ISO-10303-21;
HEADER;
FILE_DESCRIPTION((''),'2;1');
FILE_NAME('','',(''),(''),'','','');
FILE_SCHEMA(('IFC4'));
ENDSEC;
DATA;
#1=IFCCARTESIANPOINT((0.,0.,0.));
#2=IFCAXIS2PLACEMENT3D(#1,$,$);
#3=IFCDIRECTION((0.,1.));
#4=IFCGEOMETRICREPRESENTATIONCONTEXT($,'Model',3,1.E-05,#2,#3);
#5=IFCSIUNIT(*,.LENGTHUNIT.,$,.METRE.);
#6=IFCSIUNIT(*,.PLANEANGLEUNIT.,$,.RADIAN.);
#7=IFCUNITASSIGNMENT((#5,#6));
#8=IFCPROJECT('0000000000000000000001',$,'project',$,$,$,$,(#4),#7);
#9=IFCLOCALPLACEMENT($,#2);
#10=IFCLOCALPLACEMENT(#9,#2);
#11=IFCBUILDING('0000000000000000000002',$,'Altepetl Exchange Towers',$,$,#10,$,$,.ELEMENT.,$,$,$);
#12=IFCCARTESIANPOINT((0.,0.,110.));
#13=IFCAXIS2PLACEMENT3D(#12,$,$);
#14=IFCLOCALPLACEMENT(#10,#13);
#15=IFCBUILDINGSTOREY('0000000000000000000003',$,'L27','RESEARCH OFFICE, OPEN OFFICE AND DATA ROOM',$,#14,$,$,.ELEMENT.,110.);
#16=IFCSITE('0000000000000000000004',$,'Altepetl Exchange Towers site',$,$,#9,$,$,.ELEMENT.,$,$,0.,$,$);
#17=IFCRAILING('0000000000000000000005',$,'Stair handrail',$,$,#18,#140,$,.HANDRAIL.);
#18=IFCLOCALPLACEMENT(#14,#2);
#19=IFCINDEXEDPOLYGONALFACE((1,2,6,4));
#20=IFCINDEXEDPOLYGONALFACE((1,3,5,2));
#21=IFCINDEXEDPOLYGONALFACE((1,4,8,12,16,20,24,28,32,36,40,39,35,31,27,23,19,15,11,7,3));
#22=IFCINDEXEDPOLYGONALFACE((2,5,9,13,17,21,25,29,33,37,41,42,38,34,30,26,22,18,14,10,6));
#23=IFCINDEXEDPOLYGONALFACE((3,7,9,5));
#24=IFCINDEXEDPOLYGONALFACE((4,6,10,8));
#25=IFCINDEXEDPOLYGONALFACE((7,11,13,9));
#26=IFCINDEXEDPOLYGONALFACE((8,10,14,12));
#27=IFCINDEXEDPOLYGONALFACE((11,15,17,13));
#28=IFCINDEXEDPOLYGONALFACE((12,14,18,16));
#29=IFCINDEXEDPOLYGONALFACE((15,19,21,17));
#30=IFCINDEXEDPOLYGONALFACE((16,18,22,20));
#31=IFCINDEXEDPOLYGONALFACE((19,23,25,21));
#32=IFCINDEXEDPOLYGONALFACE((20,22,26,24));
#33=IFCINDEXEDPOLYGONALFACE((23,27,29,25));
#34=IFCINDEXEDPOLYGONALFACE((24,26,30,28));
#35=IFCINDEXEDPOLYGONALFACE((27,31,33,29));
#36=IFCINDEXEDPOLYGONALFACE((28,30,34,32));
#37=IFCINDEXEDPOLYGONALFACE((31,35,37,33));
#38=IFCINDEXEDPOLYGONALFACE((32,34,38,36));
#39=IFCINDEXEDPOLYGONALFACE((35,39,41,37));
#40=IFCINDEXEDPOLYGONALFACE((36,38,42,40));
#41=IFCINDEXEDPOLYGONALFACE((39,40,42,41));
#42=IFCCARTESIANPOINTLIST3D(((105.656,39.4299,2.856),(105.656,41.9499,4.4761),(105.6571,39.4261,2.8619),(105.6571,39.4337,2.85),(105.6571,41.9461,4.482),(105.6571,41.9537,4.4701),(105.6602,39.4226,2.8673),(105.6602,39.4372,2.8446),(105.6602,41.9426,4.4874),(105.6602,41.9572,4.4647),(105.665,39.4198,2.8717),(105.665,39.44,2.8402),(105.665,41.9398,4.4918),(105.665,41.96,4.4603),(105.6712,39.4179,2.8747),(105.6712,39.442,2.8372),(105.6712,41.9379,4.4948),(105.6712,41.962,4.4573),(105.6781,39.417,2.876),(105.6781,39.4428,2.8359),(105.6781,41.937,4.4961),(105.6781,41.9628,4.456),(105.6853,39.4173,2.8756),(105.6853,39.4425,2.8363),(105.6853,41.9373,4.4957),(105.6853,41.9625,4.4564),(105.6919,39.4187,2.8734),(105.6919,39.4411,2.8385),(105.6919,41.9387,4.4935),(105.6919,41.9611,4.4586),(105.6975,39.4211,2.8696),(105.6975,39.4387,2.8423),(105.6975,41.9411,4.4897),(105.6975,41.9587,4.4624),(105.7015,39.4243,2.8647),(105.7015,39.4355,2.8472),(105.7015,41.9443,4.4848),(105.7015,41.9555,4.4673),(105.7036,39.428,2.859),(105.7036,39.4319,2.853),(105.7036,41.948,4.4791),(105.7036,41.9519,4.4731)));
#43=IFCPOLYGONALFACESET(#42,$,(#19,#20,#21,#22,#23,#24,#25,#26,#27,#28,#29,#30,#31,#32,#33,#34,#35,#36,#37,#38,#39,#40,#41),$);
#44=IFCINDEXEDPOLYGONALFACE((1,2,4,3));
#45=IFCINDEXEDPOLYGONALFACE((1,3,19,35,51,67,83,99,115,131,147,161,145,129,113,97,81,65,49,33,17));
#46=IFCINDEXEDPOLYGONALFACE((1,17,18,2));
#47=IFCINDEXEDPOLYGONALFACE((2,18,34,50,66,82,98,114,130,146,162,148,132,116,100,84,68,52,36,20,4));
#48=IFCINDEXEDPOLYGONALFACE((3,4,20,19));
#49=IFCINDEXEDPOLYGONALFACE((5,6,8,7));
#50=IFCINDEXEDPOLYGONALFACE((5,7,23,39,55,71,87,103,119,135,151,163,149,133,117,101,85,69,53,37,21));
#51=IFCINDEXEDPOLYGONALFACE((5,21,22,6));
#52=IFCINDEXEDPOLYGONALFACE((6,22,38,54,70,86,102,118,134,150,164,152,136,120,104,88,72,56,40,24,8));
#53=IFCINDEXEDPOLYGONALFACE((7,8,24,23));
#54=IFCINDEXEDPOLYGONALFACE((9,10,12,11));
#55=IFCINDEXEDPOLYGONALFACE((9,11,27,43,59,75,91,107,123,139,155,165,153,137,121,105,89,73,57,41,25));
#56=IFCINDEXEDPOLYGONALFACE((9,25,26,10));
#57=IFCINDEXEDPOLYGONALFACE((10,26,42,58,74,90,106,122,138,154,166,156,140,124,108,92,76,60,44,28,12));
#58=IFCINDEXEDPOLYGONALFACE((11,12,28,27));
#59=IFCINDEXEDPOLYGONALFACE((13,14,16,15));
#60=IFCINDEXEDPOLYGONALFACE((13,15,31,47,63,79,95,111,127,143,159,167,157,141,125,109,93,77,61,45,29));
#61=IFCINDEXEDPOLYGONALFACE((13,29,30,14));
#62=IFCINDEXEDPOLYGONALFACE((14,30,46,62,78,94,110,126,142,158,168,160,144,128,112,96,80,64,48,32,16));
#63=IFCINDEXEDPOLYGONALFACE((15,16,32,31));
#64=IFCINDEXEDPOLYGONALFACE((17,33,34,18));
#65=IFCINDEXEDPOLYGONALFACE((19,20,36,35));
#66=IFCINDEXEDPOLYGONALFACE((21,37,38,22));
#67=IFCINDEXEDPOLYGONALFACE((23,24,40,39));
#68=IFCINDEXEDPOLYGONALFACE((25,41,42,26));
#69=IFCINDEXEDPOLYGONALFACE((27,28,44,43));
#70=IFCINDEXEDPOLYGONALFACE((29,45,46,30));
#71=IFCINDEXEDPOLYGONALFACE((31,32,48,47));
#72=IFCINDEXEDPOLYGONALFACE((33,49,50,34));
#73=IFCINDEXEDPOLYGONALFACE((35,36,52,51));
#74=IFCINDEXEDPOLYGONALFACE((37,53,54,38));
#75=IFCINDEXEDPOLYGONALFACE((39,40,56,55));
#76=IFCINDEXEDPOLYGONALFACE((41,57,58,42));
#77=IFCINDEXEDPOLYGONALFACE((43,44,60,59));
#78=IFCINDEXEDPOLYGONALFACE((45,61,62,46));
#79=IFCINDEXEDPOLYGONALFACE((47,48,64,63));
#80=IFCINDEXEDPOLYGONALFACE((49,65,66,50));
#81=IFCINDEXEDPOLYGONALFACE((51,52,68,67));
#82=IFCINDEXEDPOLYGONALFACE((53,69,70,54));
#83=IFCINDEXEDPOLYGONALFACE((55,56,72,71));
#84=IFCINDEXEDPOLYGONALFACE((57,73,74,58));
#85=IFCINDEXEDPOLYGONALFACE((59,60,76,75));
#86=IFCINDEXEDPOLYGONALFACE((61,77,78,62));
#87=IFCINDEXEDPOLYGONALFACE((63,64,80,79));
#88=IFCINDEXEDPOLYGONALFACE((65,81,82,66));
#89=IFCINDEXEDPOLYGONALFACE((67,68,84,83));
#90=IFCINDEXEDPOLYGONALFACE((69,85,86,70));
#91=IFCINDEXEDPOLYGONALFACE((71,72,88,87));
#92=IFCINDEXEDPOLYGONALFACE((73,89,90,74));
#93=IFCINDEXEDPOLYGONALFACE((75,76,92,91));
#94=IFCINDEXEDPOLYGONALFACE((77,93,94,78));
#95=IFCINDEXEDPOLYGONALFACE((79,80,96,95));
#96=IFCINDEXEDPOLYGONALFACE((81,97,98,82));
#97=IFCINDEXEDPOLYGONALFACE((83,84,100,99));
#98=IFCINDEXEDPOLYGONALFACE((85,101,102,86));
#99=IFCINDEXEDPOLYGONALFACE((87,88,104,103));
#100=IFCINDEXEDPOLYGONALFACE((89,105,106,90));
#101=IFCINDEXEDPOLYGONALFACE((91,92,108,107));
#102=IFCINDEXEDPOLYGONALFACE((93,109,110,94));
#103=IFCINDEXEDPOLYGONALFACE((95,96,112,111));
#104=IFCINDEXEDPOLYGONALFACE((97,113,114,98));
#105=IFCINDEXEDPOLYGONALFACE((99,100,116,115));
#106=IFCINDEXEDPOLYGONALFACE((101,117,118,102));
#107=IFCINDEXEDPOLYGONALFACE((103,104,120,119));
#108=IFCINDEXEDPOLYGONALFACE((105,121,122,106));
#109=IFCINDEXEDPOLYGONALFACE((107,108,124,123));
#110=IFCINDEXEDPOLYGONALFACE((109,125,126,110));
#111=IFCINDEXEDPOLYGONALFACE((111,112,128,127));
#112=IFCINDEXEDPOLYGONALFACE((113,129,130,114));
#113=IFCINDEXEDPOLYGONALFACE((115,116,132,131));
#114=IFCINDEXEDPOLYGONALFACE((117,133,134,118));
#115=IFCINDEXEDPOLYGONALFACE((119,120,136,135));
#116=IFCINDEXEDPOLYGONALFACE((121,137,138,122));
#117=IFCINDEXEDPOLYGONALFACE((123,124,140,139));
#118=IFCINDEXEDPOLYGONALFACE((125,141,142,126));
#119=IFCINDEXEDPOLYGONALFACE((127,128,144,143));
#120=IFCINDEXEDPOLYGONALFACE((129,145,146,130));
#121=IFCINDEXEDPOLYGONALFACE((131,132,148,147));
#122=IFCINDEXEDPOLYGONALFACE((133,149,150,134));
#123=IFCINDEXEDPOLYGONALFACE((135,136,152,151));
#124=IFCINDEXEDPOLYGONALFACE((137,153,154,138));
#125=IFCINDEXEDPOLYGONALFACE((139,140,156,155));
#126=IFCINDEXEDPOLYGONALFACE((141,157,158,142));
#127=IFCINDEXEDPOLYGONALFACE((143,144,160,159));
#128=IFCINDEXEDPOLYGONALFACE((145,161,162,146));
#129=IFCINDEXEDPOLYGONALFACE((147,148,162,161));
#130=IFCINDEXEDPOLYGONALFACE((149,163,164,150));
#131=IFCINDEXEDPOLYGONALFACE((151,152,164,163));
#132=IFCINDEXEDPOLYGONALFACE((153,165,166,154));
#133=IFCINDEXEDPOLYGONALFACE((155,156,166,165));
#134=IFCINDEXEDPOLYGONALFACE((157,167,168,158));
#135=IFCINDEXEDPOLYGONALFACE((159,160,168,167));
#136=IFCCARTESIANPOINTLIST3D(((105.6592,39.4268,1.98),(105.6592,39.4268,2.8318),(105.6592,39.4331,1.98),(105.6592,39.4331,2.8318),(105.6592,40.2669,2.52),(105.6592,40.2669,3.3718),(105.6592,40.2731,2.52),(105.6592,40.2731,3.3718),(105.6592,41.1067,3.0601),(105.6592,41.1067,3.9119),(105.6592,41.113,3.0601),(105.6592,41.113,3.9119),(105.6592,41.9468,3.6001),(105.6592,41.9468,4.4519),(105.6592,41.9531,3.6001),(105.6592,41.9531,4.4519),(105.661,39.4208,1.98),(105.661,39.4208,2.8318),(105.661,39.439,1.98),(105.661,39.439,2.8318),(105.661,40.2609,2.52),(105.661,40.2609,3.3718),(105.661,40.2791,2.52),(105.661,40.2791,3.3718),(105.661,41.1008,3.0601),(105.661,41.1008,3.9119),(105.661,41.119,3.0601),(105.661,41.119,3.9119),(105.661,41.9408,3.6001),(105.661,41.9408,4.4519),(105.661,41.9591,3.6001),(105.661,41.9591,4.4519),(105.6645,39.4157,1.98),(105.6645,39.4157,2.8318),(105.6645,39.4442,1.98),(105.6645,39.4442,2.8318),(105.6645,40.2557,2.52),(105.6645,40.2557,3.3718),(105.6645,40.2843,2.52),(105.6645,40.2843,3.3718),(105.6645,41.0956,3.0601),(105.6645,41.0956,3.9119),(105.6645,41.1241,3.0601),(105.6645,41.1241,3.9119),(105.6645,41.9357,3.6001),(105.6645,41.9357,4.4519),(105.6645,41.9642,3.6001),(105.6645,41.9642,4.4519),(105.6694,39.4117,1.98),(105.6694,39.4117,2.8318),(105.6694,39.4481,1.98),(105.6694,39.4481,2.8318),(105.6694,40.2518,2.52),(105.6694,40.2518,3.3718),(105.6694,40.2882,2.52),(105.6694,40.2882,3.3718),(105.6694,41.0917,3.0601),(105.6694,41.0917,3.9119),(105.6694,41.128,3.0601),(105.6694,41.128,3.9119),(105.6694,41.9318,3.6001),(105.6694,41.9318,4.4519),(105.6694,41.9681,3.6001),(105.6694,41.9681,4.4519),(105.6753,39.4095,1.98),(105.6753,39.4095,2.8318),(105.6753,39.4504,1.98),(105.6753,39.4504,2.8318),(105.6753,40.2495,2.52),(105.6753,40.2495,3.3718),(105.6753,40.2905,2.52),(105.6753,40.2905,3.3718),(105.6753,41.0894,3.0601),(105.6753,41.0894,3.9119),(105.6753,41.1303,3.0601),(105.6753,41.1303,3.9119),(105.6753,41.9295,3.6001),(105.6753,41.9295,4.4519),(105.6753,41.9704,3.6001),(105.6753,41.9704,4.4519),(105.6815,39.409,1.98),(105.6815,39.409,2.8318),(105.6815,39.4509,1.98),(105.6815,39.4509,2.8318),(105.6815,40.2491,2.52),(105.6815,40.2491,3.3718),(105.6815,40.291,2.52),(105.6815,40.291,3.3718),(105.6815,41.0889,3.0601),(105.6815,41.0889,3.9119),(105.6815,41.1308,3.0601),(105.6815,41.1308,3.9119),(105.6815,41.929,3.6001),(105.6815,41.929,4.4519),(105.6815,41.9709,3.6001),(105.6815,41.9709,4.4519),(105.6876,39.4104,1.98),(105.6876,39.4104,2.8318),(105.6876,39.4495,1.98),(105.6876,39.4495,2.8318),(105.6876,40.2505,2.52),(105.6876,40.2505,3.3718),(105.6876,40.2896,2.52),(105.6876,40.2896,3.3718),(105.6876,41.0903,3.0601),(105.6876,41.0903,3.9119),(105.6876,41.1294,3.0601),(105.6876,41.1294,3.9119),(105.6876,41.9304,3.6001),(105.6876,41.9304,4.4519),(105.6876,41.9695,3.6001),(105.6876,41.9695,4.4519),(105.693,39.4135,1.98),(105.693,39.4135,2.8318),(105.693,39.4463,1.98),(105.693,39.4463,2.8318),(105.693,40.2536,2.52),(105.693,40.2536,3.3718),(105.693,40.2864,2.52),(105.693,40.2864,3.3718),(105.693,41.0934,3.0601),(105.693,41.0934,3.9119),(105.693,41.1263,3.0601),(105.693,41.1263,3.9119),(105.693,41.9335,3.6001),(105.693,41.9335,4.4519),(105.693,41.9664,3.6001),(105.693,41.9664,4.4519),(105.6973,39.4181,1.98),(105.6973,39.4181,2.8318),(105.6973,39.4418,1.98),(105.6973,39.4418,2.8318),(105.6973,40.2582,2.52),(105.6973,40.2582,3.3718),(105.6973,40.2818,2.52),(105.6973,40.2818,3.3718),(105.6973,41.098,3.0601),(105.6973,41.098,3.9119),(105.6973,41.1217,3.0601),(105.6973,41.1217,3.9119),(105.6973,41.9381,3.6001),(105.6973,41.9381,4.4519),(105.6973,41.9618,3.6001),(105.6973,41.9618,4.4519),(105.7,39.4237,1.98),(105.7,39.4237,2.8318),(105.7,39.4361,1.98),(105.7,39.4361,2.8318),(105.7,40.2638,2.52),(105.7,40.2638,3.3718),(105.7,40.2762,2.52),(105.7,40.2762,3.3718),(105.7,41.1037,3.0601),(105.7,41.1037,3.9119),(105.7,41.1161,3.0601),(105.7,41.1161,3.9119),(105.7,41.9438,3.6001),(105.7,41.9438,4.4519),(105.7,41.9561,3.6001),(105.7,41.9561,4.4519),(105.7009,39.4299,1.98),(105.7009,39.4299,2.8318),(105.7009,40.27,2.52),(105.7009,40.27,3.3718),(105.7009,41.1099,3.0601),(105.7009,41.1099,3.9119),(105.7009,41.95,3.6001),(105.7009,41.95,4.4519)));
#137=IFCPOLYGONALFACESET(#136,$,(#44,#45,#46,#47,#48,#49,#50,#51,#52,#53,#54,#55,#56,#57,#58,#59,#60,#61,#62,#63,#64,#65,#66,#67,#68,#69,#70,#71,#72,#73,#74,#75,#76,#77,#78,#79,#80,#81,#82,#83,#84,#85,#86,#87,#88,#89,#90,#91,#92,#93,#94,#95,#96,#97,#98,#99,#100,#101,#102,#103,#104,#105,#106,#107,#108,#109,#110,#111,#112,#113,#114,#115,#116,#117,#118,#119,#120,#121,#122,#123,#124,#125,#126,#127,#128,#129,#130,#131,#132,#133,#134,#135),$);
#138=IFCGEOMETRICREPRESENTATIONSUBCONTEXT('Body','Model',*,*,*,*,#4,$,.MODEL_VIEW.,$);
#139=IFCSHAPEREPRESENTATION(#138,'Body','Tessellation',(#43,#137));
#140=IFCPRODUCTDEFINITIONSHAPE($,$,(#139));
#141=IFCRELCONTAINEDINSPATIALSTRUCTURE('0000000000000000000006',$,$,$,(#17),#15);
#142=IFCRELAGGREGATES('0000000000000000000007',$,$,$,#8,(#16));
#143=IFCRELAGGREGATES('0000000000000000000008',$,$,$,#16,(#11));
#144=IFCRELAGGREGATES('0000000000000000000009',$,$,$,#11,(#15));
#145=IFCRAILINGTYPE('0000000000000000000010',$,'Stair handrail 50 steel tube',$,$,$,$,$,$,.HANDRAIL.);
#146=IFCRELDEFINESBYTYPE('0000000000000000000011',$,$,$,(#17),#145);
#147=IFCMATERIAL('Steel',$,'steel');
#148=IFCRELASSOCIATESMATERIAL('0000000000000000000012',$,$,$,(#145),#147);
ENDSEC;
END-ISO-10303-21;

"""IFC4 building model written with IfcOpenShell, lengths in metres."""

from ifc_helpers import new_model, si_unit, direction, frame, origin, origin_2d, place, context, subcontext, project, spatial, circle, extrude, source, transform, mapped, material, type_object, element, save


model = new_model("IFC4")

# Units and contexts
model_context = context("Model", 3, precision=1e-05, world=origin(), true_north=direction((0.0, 1.0)))
body_context = subcontext(model_context, "Body", "Model", "MODEL_VIEW")
ifc_project = project(units=[si_unit("LENGTHUNIT", "METRE"), si_unit("PLANEANGLEUNIT", "RADIAN")], contexts=[model_context])

# Site, building, storey
site_placement = place(None, origin())
site = spatial("IfcSite", under=ifc_project, at=site_placement, Name="Altepetl Exchange Towers site", CompositionType="ELEMENT", RefElevation=0.0)
building_placement = place(site_placement, origin())
building = spatial("IfcBuilding", under=site, at=building_placement, Name="Altepetl Exchange Towers", CompositionType="ELEMENT")
storey_placement = place(building_placement, frame((0.0, 0.0, 110.0)))
storey = spatial("IfcBuildingStorey", under=building, at=storey_placement, Name="L27", Description="RESEARCH OFFICE, OPEN OFFICE AND DATA ROOM", CompositionType="ELEMENT", Elevation=110.0)

# Railing
ifc_material_1 = material(Name="Steel", Category="steel")
railing_type = type_object("IfcRailingType", Name="Stair handrail 50 steel tube", PredefinedType="HANDRAIL", material=ifc_material_1)
shared_shape = source(origin(), body_context, "Body", "SweptSolid", [
    extrude(circle(Radius=0.021, at=origin_2d()), origin(), (0.0, 0.0, 1.0), 0.8518),
])
railing_1_placement = place(storey_placement, frame((105.6799, 39.4299, 1.98)))
element("IfcRailing", 1, at=railing_1_placement, inside=storey, type_object=railing_type, Name="Stair handrail", PredefinedType="HANDRAIL", context=body_context, shape_type="SweptSolid", body=[
    extrude(circle(Radius=0.0239, at=origin_2d()), frame((0.0, 0.0, 0.876), z_axis=(0.0, 0.841163, 0.540782), x_axis=(-1.0, 0.0, 0.0)), (0.0, 0.0, 1.0), 2.9958),
    mapped(shared_shape, transform((0.0, 0.0, 0.0))),
    mapped(shared_shape, transform((0.0, 0.8401, 0.54))),
    mapped(shared_shape, transform((0.0, 1.6799, 1.0801))),
    mapped(shared_shape, transform((0.0, 2.52, 1.6201))),
])

save(model, "model.ifc")
